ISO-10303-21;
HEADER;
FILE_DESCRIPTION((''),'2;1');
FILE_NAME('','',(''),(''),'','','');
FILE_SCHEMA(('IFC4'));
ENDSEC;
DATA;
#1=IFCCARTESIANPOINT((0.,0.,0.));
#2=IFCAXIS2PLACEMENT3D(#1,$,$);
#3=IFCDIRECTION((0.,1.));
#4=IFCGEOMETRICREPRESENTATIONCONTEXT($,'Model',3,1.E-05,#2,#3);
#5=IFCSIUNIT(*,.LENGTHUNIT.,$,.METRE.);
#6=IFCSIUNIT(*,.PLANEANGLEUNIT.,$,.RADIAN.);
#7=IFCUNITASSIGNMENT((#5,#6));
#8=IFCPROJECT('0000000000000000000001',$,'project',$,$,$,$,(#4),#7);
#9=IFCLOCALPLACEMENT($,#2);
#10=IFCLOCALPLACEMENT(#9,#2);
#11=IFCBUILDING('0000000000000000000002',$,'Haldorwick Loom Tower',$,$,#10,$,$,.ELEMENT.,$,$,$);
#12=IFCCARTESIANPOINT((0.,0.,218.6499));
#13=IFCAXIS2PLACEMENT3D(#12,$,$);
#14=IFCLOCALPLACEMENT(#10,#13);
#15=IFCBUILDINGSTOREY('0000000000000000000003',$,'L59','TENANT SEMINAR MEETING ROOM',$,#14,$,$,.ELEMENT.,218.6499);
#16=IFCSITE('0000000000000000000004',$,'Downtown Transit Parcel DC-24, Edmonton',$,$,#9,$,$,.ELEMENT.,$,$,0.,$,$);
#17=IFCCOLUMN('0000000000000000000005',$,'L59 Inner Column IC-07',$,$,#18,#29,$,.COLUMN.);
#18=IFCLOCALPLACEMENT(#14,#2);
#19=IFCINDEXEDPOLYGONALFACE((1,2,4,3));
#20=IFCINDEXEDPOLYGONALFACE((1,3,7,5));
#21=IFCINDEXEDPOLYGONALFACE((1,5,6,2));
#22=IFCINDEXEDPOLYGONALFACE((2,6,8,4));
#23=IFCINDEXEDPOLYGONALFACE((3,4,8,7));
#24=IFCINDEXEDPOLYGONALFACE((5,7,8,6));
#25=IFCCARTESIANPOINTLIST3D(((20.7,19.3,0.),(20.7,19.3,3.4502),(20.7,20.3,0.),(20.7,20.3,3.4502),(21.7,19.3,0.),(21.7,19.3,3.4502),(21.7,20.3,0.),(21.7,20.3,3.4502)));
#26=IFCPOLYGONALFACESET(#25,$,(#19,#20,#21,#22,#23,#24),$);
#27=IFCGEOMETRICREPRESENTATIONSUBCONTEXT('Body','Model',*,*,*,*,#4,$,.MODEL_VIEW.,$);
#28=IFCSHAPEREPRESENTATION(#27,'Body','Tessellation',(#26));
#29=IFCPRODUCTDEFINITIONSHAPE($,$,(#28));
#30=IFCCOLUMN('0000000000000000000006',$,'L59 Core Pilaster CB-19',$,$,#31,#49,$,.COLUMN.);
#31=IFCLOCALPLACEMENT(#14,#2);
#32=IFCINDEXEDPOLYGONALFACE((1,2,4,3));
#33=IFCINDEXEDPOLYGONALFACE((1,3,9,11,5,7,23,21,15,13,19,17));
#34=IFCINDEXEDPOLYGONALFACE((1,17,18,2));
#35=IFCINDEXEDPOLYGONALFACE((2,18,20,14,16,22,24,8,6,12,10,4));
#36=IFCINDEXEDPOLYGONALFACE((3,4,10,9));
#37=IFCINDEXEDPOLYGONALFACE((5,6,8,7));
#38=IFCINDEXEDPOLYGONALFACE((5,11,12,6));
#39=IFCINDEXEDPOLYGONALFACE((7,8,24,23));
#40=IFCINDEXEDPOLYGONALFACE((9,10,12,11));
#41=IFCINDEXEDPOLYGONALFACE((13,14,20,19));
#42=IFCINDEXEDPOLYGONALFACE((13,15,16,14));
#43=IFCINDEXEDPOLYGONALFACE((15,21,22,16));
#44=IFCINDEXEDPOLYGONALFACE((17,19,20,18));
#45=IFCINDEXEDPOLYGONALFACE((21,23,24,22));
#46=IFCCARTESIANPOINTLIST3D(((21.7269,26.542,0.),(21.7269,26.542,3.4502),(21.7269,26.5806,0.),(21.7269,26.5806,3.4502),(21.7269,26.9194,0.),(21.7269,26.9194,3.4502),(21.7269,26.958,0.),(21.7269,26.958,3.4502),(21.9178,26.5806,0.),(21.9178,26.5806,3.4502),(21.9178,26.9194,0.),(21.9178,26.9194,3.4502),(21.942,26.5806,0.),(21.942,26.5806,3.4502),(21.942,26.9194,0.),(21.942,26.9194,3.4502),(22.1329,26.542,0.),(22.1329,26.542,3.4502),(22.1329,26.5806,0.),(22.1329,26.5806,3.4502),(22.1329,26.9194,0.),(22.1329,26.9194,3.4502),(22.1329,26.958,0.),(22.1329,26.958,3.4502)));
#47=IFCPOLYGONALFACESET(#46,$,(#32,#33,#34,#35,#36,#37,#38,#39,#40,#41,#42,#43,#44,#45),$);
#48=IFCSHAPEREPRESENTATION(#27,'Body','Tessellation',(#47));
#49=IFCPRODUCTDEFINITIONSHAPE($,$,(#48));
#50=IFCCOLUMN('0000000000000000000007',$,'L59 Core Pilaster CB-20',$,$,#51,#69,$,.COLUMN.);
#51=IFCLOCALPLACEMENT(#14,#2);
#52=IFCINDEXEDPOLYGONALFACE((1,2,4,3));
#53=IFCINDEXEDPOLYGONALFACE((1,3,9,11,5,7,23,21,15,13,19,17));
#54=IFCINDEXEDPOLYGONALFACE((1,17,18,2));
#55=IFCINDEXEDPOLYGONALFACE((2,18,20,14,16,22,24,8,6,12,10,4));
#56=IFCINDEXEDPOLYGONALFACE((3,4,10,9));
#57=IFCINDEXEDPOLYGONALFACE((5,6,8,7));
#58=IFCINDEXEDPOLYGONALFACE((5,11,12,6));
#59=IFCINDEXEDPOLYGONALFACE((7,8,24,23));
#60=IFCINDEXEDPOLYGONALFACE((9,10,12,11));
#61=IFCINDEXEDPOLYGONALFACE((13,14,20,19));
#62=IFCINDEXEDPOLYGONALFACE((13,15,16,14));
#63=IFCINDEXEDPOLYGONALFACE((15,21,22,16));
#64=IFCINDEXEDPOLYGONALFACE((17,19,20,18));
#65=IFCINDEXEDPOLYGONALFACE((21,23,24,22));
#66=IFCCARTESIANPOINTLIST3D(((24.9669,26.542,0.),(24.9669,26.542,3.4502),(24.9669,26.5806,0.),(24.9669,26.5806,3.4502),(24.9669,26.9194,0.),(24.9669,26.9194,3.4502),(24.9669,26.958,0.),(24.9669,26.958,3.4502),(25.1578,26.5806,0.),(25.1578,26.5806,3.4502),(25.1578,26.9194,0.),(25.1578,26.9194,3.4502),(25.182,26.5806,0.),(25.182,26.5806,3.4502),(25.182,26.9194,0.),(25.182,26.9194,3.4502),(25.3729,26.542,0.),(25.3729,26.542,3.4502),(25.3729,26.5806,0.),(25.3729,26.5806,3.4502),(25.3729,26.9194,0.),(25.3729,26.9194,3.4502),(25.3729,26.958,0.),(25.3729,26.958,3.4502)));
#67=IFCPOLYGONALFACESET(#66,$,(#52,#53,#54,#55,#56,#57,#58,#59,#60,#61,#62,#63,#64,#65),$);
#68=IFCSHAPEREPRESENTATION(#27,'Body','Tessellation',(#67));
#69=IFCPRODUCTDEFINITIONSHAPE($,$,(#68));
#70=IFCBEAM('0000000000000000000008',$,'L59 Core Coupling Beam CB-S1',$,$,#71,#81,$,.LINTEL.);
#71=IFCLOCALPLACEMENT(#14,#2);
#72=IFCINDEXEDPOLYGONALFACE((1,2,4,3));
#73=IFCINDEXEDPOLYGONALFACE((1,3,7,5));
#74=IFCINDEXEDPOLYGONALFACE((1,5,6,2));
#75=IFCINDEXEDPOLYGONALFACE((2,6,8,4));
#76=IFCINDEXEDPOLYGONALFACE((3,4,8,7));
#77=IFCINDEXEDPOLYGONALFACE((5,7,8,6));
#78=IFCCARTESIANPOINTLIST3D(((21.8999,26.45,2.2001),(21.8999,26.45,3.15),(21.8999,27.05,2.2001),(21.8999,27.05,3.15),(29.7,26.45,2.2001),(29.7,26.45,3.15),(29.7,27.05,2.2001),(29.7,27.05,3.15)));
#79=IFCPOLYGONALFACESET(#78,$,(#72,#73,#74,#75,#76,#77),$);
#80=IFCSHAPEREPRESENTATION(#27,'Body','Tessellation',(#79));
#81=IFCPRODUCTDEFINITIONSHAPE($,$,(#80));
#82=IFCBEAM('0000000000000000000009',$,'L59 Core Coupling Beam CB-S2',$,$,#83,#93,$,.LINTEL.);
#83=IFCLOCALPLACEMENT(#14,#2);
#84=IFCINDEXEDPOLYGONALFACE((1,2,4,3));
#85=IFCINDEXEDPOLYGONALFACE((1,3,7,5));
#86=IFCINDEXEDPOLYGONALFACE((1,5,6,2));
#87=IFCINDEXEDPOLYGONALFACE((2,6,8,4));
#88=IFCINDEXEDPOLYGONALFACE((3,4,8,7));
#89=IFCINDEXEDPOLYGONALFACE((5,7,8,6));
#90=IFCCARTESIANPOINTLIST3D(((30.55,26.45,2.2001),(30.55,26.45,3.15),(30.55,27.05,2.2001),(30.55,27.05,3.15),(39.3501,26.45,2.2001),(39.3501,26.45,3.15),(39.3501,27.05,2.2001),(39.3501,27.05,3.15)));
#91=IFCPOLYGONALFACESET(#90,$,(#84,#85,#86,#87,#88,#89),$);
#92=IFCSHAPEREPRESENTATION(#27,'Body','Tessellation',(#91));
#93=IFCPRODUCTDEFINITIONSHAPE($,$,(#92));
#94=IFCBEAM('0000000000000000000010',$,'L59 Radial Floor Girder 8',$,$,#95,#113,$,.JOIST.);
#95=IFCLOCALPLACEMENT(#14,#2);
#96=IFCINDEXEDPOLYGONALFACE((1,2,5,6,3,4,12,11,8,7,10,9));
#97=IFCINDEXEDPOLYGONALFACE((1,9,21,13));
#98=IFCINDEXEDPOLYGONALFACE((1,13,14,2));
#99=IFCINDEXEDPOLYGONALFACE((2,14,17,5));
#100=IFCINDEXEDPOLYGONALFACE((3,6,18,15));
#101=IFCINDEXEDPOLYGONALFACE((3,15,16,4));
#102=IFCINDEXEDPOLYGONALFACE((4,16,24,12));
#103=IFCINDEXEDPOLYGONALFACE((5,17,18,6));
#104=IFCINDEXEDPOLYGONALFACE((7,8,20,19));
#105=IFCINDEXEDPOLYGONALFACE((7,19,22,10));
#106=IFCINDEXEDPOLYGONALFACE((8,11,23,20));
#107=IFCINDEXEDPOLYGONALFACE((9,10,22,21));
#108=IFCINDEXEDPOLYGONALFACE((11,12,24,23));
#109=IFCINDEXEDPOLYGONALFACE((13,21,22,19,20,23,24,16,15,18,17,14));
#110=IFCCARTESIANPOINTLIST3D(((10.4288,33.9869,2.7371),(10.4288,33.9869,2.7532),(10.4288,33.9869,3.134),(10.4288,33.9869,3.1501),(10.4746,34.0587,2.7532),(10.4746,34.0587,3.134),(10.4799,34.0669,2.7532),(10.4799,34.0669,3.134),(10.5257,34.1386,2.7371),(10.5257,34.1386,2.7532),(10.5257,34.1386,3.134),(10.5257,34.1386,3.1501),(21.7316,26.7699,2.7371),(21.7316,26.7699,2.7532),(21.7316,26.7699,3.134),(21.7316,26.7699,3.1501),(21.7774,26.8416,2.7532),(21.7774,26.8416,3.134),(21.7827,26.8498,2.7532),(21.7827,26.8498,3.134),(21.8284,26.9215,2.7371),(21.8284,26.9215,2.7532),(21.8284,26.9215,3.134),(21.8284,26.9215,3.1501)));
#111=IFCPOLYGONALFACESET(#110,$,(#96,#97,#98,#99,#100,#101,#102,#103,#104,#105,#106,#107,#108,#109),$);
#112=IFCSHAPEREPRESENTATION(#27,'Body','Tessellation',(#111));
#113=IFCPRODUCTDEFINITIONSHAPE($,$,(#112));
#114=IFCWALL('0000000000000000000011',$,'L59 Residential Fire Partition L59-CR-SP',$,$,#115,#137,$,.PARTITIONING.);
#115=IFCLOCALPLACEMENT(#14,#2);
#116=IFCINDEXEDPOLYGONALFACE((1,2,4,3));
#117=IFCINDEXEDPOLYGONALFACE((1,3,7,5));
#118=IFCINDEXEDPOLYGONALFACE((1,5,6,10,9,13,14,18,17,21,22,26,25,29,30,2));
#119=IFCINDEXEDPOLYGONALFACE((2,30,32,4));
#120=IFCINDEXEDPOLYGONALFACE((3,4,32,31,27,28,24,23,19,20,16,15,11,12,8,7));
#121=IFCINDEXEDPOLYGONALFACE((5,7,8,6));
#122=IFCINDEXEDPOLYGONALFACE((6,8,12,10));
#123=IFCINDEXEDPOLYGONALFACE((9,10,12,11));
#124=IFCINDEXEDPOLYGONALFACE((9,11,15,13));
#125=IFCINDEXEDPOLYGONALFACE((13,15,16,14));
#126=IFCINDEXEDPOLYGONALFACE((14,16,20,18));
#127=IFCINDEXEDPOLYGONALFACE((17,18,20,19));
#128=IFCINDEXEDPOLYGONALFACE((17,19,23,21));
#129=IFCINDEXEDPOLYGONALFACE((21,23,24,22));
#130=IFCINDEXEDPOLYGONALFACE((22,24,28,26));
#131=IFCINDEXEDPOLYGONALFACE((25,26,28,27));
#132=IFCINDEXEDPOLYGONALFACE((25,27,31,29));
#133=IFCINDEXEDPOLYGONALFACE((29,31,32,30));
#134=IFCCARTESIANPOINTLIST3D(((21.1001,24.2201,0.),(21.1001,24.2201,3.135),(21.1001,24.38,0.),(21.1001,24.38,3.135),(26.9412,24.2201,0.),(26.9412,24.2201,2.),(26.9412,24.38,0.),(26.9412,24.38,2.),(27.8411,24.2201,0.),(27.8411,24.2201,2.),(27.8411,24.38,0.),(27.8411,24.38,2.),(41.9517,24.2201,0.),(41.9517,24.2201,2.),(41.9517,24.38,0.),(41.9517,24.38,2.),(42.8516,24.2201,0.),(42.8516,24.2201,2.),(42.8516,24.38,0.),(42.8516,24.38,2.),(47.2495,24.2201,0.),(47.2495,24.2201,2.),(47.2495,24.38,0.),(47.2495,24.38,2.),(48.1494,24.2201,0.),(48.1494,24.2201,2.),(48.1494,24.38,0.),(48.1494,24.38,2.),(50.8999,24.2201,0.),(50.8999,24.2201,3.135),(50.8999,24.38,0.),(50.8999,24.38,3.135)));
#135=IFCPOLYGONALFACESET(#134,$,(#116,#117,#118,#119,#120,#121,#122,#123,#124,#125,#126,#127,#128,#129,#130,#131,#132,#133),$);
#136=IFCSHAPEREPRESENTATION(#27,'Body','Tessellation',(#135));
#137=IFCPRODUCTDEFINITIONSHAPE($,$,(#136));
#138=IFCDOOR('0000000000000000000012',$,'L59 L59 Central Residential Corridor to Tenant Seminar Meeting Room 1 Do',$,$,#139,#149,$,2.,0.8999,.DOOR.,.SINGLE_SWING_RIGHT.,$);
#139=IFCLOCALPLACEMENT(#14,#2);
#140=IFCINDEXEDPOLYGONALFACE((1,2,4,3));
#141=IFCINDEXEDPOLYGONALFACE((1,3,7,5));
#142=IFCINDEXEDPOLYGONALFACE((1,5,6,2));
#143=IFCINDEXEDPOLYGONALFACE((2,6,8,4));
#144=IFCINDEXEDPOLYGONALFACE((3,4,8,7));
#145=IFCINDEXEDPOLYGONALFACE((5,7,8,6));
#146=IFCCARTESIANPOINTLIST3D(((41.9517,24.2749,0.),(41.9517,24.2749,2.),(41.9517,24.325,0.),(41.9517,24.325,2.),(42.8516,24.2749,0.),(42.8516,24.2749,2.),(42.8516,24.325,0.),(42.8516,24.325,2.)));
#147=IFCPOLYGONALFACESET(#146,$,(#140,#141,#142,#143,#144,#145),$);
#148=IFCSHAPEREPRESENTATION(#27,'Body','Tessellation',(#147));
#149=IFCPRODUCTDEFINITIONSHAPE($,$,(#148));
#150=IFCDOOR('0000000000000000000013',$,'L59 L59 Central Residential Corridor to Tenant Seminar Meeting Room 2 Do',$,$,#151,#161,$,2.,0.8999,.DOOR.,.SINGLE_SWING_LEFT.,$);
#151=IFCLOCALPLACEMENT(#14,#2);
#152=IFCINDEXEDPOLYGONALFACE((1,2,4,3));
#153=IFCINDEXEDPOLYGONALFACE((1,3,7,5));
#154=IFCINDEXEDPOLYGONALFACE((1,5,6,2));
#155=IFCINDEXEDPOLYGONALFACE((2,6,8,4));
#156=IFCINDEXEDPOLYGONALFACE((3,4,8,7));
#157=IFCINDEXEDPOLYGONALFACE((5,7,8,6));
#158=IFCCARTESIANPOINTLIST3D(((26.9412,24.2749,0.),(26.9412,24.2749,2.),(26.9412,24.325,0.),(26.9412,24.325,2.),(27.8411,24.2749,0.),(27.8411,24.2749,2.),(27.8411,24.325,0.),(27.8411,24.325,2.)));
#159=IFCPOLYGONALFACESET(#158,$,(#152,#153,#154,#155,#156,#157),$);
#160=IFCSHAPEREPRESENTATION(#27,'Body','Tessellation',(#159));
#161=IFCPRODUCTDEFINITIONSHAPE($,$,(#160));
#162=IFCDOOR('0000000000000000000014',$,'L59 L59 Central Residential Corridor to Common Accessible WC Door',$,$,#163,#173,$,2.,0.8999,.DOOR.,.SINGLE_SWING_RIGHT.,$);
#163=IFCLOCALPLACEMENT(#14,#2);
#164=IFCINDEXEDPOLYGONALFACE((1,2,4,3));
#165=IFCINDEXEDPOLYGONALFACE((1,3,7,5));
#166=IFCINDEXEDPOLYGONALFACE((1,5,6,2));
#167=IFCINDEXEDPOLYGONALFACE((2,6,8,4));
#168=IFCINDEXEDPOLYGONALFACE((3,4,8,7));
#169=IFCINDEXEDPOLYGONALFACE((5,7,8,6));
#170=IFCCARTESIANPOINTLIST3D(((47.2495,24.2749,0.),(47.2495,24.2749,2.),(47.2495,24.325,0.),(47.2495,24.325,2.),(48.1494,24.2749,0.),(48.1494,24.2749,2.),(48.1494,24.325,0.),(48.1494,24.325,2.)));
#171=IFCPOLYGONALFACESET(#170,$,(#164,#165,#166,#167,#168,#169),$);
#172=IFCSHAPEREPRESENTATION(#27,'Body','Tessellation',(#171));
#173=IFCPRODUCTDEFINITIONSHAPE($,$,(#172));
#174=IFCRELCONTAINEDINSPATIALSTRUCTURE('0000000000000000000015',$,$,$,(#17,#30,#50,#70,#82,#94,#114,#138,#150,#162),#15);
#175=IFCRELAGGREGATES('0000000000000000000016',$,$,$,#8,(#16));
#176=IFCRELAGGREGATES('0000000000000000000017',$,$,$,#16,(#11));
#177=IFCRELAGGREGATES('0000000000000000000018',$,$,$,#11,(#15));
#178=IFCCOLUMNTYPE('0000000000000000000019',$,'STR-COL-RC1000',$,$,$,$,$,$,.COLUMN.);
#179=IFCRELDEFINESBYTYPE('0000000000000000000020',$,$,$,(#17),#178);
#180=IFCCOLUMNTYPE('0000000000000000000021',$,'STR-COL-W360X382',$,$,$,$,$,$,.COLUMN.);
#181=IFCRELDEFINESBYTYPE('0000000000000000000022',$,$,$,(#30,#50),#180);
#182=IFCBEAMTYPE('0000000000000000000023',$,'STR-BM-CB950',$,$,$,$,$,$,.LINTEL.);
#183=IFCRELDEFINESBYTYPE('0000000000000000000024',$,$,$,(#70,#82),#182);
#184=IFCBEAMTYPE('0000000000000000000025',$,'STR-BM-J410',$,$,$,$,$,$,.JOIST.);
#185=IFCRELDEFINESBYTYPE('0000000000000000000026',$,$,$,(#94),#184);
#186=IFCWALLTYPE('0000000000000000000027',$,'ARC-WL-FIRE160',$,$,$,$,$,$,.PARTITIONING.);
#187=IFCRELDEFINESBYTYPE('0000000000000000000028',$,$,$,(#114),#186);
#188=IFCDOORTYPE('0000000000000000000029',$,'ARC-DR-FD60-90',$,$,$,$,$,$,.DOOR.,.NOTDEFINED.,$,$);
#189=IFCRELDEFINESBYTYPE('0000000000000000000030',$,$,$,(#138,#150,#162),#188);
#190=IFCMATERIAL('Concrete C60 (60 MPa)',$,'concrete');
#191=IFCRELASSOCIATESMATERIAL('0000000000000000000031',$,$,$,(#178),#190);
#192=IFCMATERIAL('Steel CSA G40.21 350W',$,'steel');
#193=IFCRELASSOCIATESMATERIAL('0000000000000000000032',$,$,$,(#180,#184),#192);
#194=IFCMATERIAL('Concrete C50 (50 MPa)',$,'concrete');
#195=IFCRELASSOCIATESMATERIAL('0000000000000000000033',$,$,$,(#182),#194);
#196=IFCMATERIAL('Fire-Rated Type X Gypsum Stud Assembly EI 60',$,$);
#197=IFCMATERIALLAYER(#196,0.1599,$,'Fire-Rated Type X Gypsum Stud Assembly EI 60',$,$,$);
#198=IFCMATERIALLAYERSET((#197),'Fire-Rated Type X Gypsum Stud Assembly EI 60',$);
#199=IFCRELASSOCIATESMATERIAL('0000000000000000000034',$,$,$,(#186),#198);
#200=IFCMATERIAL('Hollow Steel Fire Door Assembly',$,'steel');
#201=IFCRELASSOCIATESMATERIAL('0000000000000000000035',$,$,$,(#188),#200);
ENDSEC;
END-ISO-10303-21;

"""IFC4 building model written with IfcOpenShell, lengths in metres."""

from ifc_helpers import new_model, si_unit, direction, frame, frame_2d, origin, origin_2d, place, context, subcontext, project, spatial, rectangle, i_section, extrude, material, layer, layer_set, material_profile, profile_set, type_object, element, fill, save


model = new_model("IFC4")

# Units and contexts
model_context = context("Model", 3, precision=1e-05, world=origin(), true_north=direction((0.0, 1.0)))
body_context = subcontext(model_context, "Body", "Model", "MODEL_VIEW")
ifc_project = project(units=[si_unit("LENGTHUNIT", "METRE"), si_unit("PLANEANGLEUNIT", "RADIAN")], contexts=[model_context])

# Site, building, storey
site_placement = place(None, origin())
site = spatial("IfcSite", under=ifc_project, at=site_placement, Name="Downtown Transit Parcel DC-24, Edmonton", CompositionType="ELEMENT", RefElevation=0.0)
building_placement = place(site_placement, origin())
building = spatial("IfcBuilding", under=site, at=building_placement, Name="Haldorwick Loom Tower", CompositionType="ELEMENT")
storey_placement = place(building_placement, frame((0.0, 0.0, 218.6499)))
storey = spatial("IfcBuildingStorey", under=building, at=storey_placement, Name="L59", Description="TENANT SEMINAR MEETING ROOM", CompositionType="ELEMENT", Elevation=218.6499)

# Columns
ifc_material_1 = material(Name="Concrete C60 (60 MPa)", Category="concrete")
ifc_material_profile_1 = material_profile(ifc_material_1, rectangle(XDim=1.0, YDim=1.0, at=origin_2d()), Name="RC1000X1000", Category="concrete")
ifc_profile_set_1 = profile_set([ifc_material_profile_1], Name="Concrete C60 (60 MPa)")
column_type_1 = type_object("IfcColumnType", Name="STR-COL-RC1000", PredefinedType="COLUMN", material=ifc_profile_set_1)
column_placement = place(storey_placement, frame((21.2, 19.8, 0.0), z_axis=(0.0, 0.0, 1.0), x_axis=(1.0, 0.0, 0.0)))
element("IfcColumn", 1, at=column_placement, inside=storey, type_object=column_type_1, Name="L59 Inner Column IC-07", PredefinedType="COLUMN", context=body_context, shape_type="SweptSolid", body=[
    extrude(rectangle(XDim=1.0, YDim=1.0, at=origin_2d()), origin(), (0.0, 0.0, 1.0), 3.4502),
])
ifc_material_2 = material(Name="Steel CSA G40.21 350W", Category="steel")
ifc_material_profile_2 = material_profile(ifc_material_2, i_section(OverallWidth=0.406, OverallDepth=0.416, WebThickness=0.0242, FlangeThickness=0.0386, at=origin_2d()), Name="W360X382", Category="steel")
ifc_profile_set_2 = profile_set([ifc_material_profile_2], Name="Steel CSA G40.21 350W")
column_type_2 = type_object("IfcColumnType", Name="STR-COL-W360X382", PredefinedType="COLUMN", material=ifc_profile_set_2)
for number, where, z_axis, x_axis, name in (
    (2, (21.9299, 26.75, 0.0), (0.0, 0.0, 1.0), (1.0, 0.0, 0.0), "L59 Core Pilaster CB-19"),
    (3, (25.1699, 26.75, 0.0), (0.0, 0.0, 1.0), (1.0, 0.0, 0.0), "L59 Core Pilaster CB-20"),
):
    element("IfcColumn", number, at=place(storey_placement, frame(where, z_axis=z_axis, x_axis=x_axis)), inside=storey, type_object=column_type_2, Name=name, PredefinedType="COLUMN", context=body_context, shape_type="SweptSolid", body=[
        extrude(i_section(OverallWidth=0.406, OverallDepth=0.416, WebThickness=0.0242, FlangeThickness=0.0386, at=origin_2d()), origin(), (0.0, 0.0, 1.0), 3.4502),
    ])

# Beams
ifc_material_3 = material(Name="Concrete C50 (50 MPa)", Category="concrete")
ifc_material_profile_3 = material_profile(ifc_material_3, rectangle(XDim=0.6001, YDim=0.95, at=origin_2d()), Name="RC600X950", Category="concrete")
ifc_profile_set_3 = profile_set([ifc_material_profile_3], Name="Concrete C50 (50 MPa)")
beam_type_1 = type_object("IfcBeamType", Name="STR-BM-CB950", PredefinedType="LINTEL", material=ifc_profile_set_3)
beam_1_placement = place(storey_placement, frame((21.8999, 26.75, 2.675), z_axis=(1.0, 0.0, 0.0), x_axis=(0.0, 1.0, 0.0)))
element("IfcBeam", 4, at=beam_1_placement, inside=storey, type_object=beam_type_1, Name="L59 Core Coupling Beam CB-S1", PredefinedType="LINTEL", context=body_context, shape_type="SweptSolid", body=[
    extrude(rectangle(XDim=0.6001, YDim=0.95, at=origin_2d()), origin(), (0.0, 0.0, 1.0), 7.8),
])
beam_2_placement = place(storey_placement, frame((30.55, 26.75, 2.675), z_axis=(1.0, 0.0, 0.0), x_axis=(0.0, 1.0, 0.0)))
element("IfcBeam", 5, at=beam_2_placement, inside=storey, type_object=beam_type_1, Name="L59 Core Coupling Beam CB-S2", PredefinedType="LINTEL", context=body_context, shape_type="SweptSolid", body=[
    extrude(rectangle(XDim=0.6001, YDim=0.95, at=origin_2d()), origin(), (0.0, 0.0, 1.0), 8.8),
])
ifc_material_profile_4 = material_profile(ifc_material_2, i_section(OverallWidth=0.1799, OverallDepth=0.4131, WebThickness=0.0098, FlangeThickness=0.0161, at=origin_2d()), Name="W410X74", Category="steel")
ifc_profile_set_4 = profile_set([ifc_material_profile_4], Name="Steel CSA G40.21 350W")
beam_type_2 = type_object("IfcBeamType", Name="STR-BM-J410", PredefinedType="JOIST", material=ifc_profile_set_4)
beam_3_placement = place(storey_placement, frame((21.78, 26.8457, 2.9436), z_axis=(-0.842837, 0.538169, 0.0), x_axis=(-0.538169, -0.842837, 0.0)))
element("IfcBeam", 6, at=beam_3_placement, inside=storey, type_object=beam_type_2, Name="L59 Radial Floor Girder 8", PredefinedType="JOIST", context=body_context, shape_type="SweptSolid", body=[
    extrude(i_section(OverallWidth=0.1799, OverallDepth=0.4131, WebThickness=0.0098, FlangeThickness=0.0161, at=origin_2d()), origin(), (0.0, 0.0, 1.0), 13.4104),
])

# Wall, openings, doors
ifc_material_4 = material(Name="Fire-Rated Type X Gypsum Stud Assembly EI 60")
ifc_layer_1 = layer(ifc_material_4, 0.1599, Name="Fire-Rated Type X Gypsum Stud Assembly EI 60")
ifc_layer_set_1 = layer_set([ifc_layer_1], Name="Fire-Rated Type X Gypsum Stud Assembly EI 60")
wall_type_1 = type_object("IfcWallType", Name="ARC-WL-FIRE160", PredefinedType="PARTITIONING", material=ifc_layer_set_1)
wall_1_placement = place(storey_placement, frame((21.1001, 24.3, 0.0), z_axis=(0.0, 0.0, 1.0), x_axis=(1.0, 0.0, 0.0)))
wall_1 = element("IfcWall", 7, at=wall_1_placement, inside=storey, type_object=wall_type_1, Name="L59 Residential Fire Partition L59-CR-SP", PredefinedType="PARTITIONING", context=body_context, shape_type="SweptSolid", body=[
    extrude(rectangle(XDim=29.7998, YDim=0.1599, at=frame_2d((14.8999, 0.0))), origin(), (0.0, 0.0, 1.0), 3.135),
])
opening_1_placement = place(wall_1_placement, frame((20.8516, 0.0, 0.0)))
opening_1 = element("IfcOpeningElement", 8, at=opening_1_placement, cuts=wall_1, PredefinedType="OPENING", context=body_context, shape_type="SweptSolid", body=[
    extrude(rectangle(XDim=0.8999, YDim=2.0, at=frame_2d((0.45, 1.0))), frame((0.0, 0.0898, 0.0), z_axis=(0.0, -1.0, 0.0), x_axis=(1.0, 0.0, 0.0)), (0.0, 0.0, 1.0), 0.1799),
])
opening_2_placement = place(wall_1_placement, frame((5.8411, 0.0, 0.0)))
opening_2 = element("IfcOpeningElement", 9, at=opening_2_placement, cuts=wall_1, PredefinedType="OPENING", context=body_context, shape_type="SweptSolid", body=[
    extrude(rectangle(XDim=0.8999, YDim=2.0, at=frame_2d((0.45, 1.0))), frame((0.0, 0.0898, 0.0), z_axis=(0.0, -1.0, 0.0), x_axis=(1.0, 0.0, 0.0)), (0.0, 0.0, 1.0), 0.1799),
])
opening_3_placement = place(wall_1_placement, frame((26.1494, 0.0, 0.0)))
opening_3 = element("IfcOpeningElement", 10, at=opening_3_placement, cuts=wall_1, PredefinedType="OPENING", context=body_context, shape_type="SweptSolid", body=[
    extrude(rectangle(XDim=0.8999, YDim=2.0, at=frame_2d((0.45, 1.0))), frame((0.0, 0.0898, 0.0), z_axis=(0.0, -1.0, 0.0), x_axis=(1.0, 0.0, 0.0)), (0.0, 0.0, 1.0), 0.1799),
])
ifc_material_5 = material(Name="Hollow Steel Fire Door Assembly", Category="steel")
door_type_1 = type_object("IfcDoorType", Name="ARC-DR-FD60-90", OperationType="NOTDEFINED", PredefinedType="DOOR", material=ifc_material_5)
door_1_placement = place(opening_1_placement, origin())
door_1 = element("IfcDoor", 11, at=door_1_placement, inside=storey, type_object=door_type_1, Name="L59 L59 Central Residential Corridor to Tenant Seminar Meeting Room 1 Do", OperationType="SINGLE_SWING_RIGHT", OverallHeight=2.0, OverallWidth=0.8999, PredefinedType="DOOR", context=body_context, shape_type="SweptSolid", body=[
    extrude(rectangle(XDim=0.8999, YDim=2.0, at=frame_2d((0.45, 1.0))), frame((0.0, 0.0249, 0.0), z_axis=(0.0, -1.0, 0.0), x_axis=(1.0, 0.0, 0.0)), (0.0, 0.0, 1.0), 0.05),
])
fill(opening_1, door_1)
door_2_placement = place(opening_2_placement, origin())
door_2 = element("IfcDoor", 12, at=door_2_placement, inside=storey, type_object=door_type_1, Name="L59 L59 Central Residential Corridor to Tenant Seminar Meeting Room 2 Do", OperationType="SINGLE_SWING_LEFT", OverallHeight=2.0, OverallWidth=0.8999, PredefinedType="DOOR", context=body_context, shape_type="SweptSolid", body=[
    extrude(rectangle(XDim=0.8999, YDim=2.0, at=frame_2d((0.45, 1.0))), frame((0.0, 0.0249, 0.0), z_axis=(0.0, -1.0, 0.0), x_axis=(1.0, 0.0, 0.0)), (0.0, 0.0, 1.0), 0.05),
])
fill(opening_2, door_2)
door_3_placement = place(opening_3_placement, origin())
door_3 = element("IfcDoor", 13, at=door_3_placement, inside=storey, type_object=door_type_1, Name="L59 L59 Central Residential Corridor to Common Accessible WC Door", OperationType="SINGLE_SWING_RIGHT", OverallHeight=2.0, OverallWidth=0.8999, PredefinedType="DOOR", context=body_context, shape_type="SweptSolid", body=[
    extrude(rectangle(XDim=0.8999, YDim=2.0, at=frame_2d((0.45, 1.0))), frame((0.0, 0.0249, 0.0), z_axis=(0.0, -1.0, 0.0), x_axis=(1.0, 0.0, 0.0)), (0.0, 0.0, 1.0), 0.05),
])
fill(opening_3, door_3)

save(model, "model.ifc")
